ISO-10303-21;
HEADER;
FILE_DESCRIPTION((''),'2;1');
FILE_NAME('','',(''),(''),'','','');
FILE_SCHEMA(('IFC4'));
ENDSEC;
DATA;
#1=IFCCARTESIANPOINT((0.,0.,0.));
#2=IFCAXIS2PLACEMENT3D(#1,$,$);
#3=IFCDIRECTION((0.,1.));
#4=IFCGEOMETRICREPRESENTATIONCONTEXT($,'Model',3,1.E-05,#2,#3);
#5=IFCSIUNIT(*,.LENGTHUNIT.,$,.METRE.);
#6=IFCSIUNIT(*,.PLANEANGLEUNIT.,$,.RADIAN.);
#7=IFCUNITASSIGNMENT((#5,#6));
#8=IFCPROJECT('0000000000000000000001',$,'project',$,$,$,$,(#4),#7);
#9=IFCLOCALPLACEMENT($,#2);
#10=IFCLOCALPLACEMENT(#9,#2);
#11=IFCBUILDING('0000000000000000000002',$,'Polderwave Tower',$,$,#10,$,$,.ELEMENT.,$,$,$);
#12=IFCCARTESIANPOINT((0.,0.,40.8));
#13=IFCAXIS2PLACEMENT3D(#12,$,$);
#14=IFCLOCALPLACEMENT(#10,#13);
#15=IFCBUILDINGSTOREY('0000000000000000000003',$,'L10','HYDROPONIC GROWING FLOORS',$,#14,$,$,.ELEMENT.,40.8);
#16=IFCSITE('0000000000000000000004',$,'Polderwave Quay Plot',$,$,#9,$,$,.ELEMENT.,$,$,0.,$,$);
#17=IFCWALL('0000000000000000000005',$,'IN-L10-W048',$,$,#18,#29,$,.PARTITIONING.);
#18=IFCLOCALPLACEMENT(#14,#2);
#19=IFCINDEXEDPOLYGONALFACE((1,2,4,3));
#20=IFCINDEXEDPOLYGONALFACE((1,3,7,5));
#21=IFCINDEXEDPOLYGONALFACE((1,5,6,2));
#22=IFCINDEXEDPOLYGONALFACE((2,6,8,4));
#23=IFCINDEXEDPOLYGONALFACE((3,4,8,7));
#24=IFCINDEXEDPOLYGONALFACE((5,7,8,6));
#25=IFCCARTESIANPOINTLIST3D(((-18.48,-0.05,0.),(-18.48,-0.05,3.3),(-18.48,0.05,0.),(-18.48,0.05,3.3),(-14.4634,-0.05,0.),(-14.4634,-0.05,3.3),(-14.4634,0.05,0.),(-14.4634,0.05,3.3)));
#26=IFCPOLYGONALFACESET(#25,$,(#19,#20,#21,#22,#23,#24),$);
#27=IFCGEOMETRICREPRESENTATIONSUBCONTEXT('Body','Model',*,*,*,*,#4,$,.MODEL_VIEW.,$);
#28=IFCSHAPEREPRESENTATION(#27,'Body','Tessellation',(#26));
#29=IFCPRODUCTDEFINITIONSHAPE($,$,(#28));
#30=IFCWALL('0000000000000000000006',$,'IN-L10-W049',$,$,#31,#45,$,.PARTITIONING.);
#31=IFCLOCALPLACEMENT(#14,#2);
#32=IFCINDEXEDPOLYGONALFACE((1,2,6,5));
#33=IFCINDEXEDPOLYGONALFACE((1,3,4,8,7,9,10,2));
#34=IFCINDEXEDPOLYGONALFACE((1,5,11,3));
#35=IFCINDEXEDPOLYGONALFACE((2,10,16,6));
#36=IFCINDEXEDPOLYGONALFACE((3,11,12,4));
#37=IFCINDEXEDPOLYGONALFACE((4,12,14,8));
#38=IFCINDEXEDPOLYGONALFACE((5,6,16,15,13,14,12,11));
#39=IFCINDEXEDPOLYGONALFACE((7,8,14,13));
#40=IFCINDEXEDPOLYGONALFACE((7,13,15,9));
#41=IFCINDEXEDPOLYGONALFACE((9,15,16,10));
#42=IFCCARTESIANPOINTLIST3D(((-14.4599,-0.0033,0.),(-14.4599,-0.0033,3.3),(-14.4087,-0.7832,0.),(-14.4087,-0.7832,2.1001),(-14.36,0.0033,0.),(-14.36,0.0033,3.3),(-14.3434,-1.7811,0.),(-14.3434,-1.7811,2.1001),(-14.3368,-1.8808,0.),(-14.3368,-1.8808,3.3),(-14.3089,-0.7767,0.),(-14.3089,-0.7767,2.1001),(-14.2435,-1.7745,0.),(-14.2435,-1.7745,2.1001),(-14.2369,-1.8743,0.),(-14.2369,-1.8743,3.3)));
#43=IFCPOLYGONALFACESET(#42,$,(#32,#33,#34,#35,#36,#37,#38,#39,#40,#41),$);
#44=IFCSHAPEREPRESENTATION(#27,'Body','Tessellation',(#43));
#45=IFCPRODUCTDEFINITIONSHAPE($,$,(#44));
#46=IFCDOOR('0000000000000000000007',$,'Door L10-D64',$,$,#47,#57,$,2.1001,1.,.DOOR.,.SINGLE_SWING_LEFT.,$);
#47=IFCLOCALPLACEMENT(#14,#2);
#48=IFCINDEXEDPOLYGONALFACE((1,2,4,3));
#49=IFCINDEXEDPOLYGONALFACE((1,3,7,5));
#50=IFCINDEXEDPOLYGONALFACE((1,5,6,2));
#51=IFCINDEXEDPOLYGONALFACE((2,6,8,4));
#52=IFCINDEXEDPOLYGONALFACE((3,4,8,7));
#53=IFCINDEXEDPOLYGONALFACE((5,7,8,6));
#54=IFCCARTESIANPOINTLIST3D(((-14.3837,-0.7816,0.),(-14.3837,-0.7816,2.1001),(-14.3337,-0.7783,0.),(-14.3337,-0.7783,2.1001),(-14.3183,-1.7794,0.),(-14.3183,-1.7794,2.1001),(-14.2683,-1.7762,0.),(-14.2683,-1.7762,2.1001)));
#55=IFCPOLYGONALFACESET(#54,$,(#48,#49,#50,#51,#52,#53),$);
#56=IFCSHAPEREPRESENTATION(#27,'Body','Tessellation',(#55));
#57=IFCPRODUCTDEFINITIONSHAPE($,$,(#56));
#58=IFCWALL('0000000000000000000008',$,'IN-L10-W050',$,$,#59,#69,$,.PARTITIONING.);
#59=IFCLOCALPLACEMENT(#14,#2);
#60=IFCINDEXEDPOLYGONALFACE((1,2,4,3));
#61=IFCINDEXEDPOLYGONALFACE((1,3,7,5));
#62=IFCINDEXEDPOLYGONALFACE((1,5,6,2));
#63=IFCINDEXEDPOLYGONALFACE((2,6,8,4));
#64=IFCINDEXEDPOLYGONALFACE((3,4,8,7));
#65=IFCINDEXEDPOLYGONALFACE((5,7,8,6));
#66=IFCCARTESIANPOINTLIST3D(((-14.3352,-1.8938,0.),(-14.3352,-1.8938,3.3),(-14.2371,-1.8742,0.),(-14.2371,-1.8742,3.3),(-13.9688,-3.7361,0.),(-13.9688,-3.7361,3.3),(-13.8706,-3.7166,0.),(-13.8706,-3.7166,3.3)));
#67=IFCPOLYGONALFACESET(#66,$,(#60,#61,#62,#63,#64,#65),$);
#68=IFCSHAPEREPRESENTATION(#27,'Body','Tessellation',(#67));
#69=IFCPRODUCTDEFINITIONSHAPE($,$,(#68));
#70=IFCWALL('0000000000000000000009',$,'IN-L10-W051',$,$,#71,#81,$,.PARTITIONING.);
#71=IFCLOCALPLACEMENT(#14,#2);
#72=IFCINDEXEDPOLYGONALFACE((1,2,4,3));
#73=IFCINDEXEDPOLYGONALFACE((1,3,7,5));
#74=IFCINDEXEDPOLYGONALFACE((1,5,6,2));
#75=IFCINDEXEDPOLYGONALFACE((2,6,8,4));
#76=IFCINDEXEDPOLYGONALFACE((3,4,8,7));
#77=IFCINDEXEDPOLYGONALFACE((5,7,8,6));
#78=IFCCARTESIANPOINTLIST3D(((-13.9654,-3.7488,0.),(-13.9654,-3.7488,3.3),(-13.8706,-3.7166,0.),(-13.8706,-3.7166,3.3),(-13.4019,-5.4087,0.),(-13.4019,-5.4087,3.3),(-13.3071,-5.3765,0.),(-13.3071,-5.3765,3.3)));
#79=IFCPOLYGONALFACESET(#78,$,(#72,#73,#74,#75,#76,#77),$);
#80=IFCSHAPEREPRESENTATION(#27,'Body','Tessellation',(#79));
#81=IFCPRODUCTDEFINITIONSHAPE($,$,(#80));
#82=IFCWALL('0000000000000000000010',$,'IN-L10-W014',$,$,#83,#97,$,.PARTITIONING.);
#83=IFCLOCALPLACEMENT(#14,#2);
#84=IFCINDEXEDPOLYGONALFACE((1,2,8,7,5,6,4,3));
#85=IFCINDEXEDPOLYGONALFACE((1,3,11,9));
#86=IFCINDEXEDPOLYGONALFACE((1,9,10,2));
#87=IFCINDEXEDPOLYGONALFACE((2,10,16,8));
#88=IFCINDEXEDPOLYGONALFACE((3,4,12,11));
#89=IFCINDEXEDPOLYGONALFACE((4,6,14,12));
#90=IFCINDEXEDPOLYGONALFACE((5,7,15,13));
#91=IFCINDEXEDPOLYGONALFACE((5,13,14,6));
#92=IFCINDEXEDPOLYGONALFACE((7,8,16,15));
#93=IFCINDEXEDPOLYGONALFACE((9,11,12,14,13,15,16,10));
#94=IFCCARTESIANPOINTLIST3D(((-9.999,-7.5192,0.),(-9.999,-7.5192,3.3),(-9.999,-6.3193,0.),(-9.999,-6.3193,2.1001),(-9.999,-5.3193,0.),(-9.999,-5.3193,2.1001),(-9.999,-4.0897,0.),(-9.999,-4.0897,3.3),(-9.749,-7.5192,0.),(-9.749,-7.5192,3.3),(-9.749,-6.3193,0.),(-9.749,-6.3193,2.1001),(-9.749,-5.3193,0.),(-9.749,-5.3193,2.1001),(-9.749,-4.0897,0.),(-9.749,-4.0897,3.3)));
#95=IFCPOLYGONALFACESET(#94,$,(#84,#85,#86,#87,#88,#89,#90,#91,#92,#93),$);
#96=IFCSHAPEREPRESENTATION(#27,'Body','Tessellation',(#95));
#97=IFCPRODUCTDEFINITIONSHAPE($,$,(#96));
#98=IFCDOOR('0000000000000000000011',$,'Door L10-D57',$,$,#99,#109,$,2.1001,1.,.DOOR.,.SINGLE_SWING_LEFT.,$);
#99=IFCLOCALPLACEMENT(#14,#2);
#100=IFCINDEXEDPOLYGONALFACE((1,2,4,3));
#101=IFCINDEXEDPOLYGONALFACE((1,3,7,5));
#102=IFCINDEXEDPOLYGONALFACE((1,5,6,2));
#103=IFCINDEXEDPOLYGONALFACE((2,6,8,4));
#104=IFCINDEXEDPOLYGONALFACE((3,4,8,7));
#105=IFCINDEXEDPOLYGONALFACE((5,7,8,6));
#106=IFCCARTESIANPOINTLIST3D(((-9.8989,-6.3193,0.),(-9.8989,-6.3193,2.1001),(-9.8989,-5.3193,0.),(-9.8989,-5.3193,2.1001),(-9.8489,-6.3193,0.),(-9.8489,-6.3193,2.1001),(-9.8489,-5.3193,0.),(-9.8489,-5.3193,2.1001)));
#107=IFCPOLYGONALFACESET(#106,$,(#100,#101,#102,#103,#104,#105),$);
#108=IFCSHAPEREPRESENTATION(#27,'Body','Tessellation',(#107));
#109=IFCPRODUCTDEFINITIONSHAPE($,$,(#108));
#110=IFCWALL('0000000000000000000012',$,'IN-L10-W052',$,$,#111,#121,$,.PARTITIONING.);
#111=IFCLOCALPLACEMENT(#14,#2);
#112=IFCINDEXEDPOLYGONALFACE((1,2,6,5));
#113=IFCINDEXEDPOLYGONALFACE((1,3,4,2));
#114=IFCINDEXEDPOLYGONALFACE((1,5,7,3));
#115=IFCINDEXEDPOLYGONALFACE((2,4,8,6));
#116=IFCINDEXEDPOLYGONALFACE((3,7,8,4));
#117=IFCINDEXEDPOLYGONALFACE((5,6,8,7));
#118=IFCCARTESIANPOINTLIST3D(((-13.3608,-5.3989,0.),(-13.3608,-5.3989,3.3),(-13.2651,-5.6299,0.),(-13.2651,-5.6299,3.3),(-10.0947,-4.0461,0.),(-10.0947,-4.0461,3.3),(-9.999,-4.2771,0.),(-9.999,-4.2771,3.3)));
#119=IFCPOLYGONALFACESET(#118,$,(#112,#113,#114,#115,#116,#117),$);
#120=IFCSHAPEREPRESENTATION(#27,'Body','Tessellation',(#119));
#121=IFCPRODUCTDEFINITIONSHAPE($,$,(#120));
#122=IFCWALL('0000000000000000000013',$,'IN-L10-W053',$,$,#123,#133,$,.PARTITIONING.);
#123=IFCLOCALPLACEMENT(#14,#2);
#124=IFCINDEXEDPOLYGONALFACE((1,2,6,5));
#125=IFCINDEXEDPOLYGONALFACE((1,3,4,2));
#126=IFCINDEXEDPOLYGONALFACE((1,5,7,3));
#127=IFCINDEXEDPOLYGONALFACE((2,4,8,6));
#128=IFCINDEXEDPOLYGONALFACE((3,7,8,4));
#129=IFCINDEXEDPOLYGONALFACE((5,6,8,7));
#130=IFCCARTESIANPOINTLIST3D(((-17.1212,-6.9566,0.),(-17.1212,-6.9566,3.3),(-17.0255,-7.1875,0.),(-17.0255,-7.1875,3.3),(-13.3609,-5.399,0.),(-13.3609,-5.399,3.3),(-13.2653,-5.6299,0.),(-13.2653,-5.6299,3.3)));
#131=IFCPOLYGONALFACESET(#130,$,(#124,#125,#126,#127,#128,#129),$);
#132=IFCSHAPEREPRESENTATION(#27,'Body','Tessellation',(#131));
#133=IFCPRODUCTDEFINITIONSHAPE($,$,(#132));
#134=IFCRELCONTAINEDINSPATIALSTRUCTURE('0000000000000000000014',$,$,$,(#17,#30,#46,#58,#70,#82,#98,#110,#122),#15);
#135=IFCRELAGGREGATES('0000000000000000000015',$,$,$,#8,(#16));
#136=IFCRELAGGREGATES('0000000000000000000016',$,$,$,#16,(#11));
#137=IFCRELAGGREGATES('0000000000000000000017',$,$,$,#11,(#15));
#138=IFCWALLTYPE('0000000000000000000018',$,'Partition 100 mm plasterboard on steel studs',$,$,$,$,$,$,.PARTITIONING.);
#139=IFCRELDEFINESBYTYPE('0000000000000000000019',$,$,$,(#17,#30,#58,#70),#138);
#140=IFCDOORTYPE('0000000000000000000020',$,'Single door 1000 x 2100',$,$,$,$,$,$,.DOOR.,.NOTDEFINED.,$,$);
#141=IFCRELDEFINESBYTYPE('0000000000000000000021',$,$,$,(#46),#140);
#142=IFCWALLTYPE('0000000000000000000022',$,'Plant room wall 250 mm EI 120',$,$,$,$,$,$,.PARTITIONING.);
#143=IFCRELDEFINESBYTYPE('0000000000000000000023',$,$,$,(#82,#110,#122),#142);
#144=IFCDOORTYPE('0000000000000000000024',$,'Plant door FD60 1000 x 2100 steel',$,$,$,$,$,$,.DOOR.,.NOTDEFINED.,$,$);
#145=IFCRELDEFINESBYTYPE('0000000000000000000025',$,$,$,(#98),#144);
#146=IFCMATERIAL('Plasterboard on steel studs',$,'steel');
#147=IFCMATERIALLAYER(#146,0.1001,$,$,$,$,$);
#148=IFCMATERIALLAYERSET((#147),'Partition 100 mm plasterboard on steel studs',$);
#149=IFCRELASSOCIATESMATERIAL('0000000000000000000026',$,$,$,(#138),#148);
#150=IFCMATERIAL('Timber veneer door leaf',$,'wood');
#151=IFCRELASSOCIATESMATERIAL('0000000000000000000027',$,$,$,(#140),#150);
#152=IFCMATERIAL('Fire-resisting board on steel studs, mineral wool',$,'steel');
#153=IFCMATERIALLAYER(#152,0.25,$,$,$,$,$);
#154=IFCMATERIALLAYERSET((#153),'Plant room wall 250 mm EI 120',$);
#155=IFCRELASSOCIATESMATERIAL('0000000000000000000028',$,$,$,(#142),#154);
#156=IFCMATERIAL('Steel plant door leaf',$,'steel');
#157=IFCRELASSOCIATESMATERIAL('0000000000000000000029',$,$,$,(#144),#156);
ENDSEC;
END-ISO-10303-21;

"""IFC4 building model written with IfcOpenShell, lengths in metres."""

from ifc_helpers import new_model, si_unit, direction, frame, frame_2d, origin, place, context, subcontext, project, spatial, rectangle, extrude, material, layer, layer_set, type_object, element, fill, save


model = new_model("IFC4")

# Units and contexts
model_context = context("Model", 3, precision=1e-05, world=origin(), true_north=direction((0.0, 1.0)))
body_context = subcontext(model_context, "Body", "Model", "MODEL_VIEW")
ifc_project = project(units=[si_unit("LENGTHUNIT", "METRE"), si_unit("PLANEANGLEUNIT", "RADIAN")], contexts=[model_context])

# Site, building, storey
site_placement = place(None, origin())
site = spatial("IfcSite", under=ifc_project, at=site_placement, Name="Polderwave Quay Plot", CompositionType="ELEMENT", RefElevation=0.0)
building_placement = place(site_placement, origin())
building = spatial("IfcBuilding", under=site, at=building_placement, Name="Polderwave Tower", CompositionType="ELEMENT")
storey_placement = place(building_placement, frame((0.0, 0.0, 40.8)))
storey = spatial("IfcBuildingStorey", under=building, at=storey_placement, Name="L10", Description="HYDROPONIC GROWING FLOORS", CompositionType="ELEMENT", Elevation=40.8)

# Shared definitions
ifc_material_1 = material(Name="Plasterboard on steel studs", Category="steel")
ifc_layer_1 = layer(ifc_material_1, 0.1001)
ifc_layer_set_1 = layer_set([ifc_layer_1], Name="Partition 100 mm plasterboard on steel studs")
wall_type_1 = type_object("IfcWallType", Name="Partition 100 mm plasterboard on steel studs", PredefinedType="PARTITIONING", material=ifc_layer_set_1)
ifc_material_2 = material(Name="Timber veneer door leaf", Category="wood")
door_type_1 = type_object("IfcDoorType", Name="Single door 1000 x 2100", OperationType="NOTDEFINED", PredefinedType="DOOR", material=ifc_material_2)

# Wall
wall_1_placement = place(storey_placement, frame((-14.4634, 0.0, 0.0), z_axis=(0.0, 0.0, 1.0), x_axis=(-1.0, 0.0, 0.0)))
element("IfcWall", 1, at=wall_1_placement, inside=storey, type_object=wall_type_1, Name="IN-L10-W048", PredefinedType="PARTITIONING", context=body_context, shape_type="SweptSolid", body=[
    extrude(rectangle(XDim=4.0166, YDim=0.1001, at=frame_2d((2.0083, 0.0))), origin(), (0.0, 0.0, 1.0), 3.3),
])

# Wall, opening, door
wall_2_placement = place(storey_placement, frame((-14.2869, -1.8777, 0.0), z_axis=(0.0, 0.0, 1.0), x_axis=(-0.065391, 0.99786, 0.0)))
wall_2 = element("IfcWall", 2, at=wall_2_placement, inside=storey, type_object=wall_type_1, Name="IN-L10-W049", PredefinedType="PARTITIONING", context=body_context, shape_type="SweptSolid", body=[
    extrude(rectangle(XDim=1.8816, YDim=0.1001, at=frame_2d((0.9409, 0.0))), origin(), (0.0, 0.0, 1.0), 3.3),
])
opening_1_placement = place(wall_2_placement, frame((0.1001, 0.0, 0.0)))
opening_1 = element("IfcOpeningElement", 3, at=opening_1_placement, cuts=wall_2, PredefinedType="OPENING", context=body_context, shape_type="SweptSolid", body=[
    extrude(rectangle(XDim=1.0, YDim=2.1001, at=frame_2d((0.5, 1.05))), frame((0.0, 0.0601, 0.0), z_axis=(0.0, -1.0, 0.0), x_axis=(1.0, 0.0, 0.0)), (0.0, 0.0, 1.0), 0.1201),
])
door_1_placement = place(opening_1_placement, origin())
door_1 = element("IfcDoor", 4, at=door_1_placement, inside=storey, type_object=door_type_1, Name="Door L10-D64", OperationType="SINGLE_SWING_LEFT", OverallHeight=2.1001, OverallWidth=1.0, PredefinedType="DOOR", context=body_context, shape_type="SweptSolid", body=[
    extrude(rectangle(XDim=1.0, YDim=2.1001, at=frame_2d((0.5, 1.05))), frame((0.0, 0.0249, 0.0), z_axis=(0.0, -1.0, 0.0), x_axis=(1.0, 0.0, 0.0)), (0.0, 0.0, 1.0), 0.05),
])
fill(opening_1, door_1)

# Walls
wall_3_placement = place(storey_placement, frame((-13.9197, -3.7263, 0.0), z_axis=(0.0, 0.0, 1.0), x_axis=(-0.195091, 0.980785, 0.0)))
element("IfcWall", 5, at=wall_3_placement, inside=storey, type_object=wall_type_1, Name="IN-L10-W050", PredefinedType="PARTITIONING", context=body_context, shape_type="SweptSolid", body=[
    extrude(rectangle(XDim=1.8784, YDim=0.1001, at=frame_2d((0.9392, 0.0))), origin(), (0.0, 0.0, 1.0), 3.3),
])
wall_4_placement = place(storey_placement, frame((-13.3545, -5.3926, 0.0), z_axis=(0.0, 0.0, 1.0), x_axis=(-0.321446, 0.946928, 0.0)))
element("IfcWall", 6, at=wall_4_placement, inside=storey, type_object=wall_type_1, Name="IN-L10-W051", PredefinedType="PARTITIONING", context=body_context, shape_type="SweptSolid", body=[
    extrude(rectangle(XDim=1.7529, YDim=0.1001, at=frame_2d((0.8765, 0.0))), origin(), (0.0, 0.0, 1.0), 3.3),
])

# Wall, opening, door
ifc_material_3 = material(Name="Fire-resisting board on steel studs, mineral wool", Category="steel")
ifc_layer_2 = layer(ifc_material_3, 0.25)
ifc_layer_set_2 = layer_set([ifc_layer_2], Name="Plant room wall 250 mm EI 120")
wall_type_2 = type_object("IfcWallType", Name="Plant room wall 250 mm EI 120", PredefinedType="PARTITIONING", material=ifc_layer_set_2)
wall_5_placement = place(storey_placement, frame((-9.874, -7.5193, 0.0), z_axis=(0.0, 0.0, 1.0), x_axis=(0.0, 1.0, 0.0)))
wall_5 = element("IfcWall", 7, at=wall_5_placement, inside=storey, type_object=wall_type_2, Name="IN-L10-W014", PredefinedType="PARTITIONING", context=body_context, shape_type="SweptSolid", body=[
    extrude(rectangle(XDim=3.4294, YDim=0.25, at=frame_2d((1.7148, 0.0))), origin(), (0.0, 0.0, 1.0), 3.3),
])
opening_2_placement = place(wall_5_placement, frame((1.2, 0.0, 0.0)))
opening_2 = element("IfcOpeningElement", 8, at=opening_2_placement, cuts=wall_5, PredefinedType="OPENING", context=body_context, shape_type="SweptSolid", body=[
    extrude(rectangle(XDim=1.0, YDim=2.1001, at=frame_2d((0.5, 1.05))), frame((0.0, 0.135, 0.0), z_axis=(0.0, -1.0, 0.0), x_axis=(1.0, 0.0, 0.0)), (0.0, 0.0, 1.0), 0.27),
])
ifc_material_4 = material(Name="Steel plant door leaf", Category="steel")
door_type_2 = type_object("IfcDoorType", Name="Plant door FD60 1000 x 2100 steel", OperationType="NOTDEFINED", PredefinedType="DOOR", material=ifc_material_4)
door_2_placement = place(opening_2_placement, origin())
door_2 = element("IfcDoor", 9, at=door_2_placement, inside=storey, type_object=door_type_2, Name="Door L10-D57", OperationType="SINGLE_SWING_LEFT", OverallHeight=2.1001, OverallWidth=1.0, PredefinedType="DOOR", context=body_context, shape_type="SweptSolid", body=[
    extrude(rectangle(XDim=1.0, YDim=2.1001, at=frame_2d((0.5, 1.05))), frame((0.0, 0.0249, 0.0), z_axis=(0.0, -1.0, 0.0), x_axis=(1.0, 0.0, 0.0)), (0.0, 0.0, 1.0), 0.05),
])
fill(opening_2, door_2)

# Walls
wall_6_placement = place(storey_placement, frame((-10.0469, -4.1616, 0.0), z_axis=(0.0, 0.0, 1.0), x_axis=(-0.923888, -0.382663, 0.0)))
element("IfcWall", 10, at=wall_6_placement, inside=storey, type_object=wall_type_2, Name="IN-L10-W052", PredefinedType="PARTITIONING", context=body_context, shape_type="SweptSolid", body=[
    extrude(rectangle(XDim=3.5352, YDim=0.25, at=frame_2d((1.7676, 0.0))), origin(), (0.0, 0.0, 1.0), 3.3),
])
wall_7_placement = place(storey_placement, frame((-13.313, -5.5144, 0.0), z_axis=(0.0, 0.0, 1.0), x_axis=(-0.923874, -0.382698, 0.0)))
element("IfcWall", 11, at=wall_7_placement, inside=storey, type_object=wall_type_2, Name="IN-L10-W053", PredefinedType="PARTITIONING", context=body_context, shape_type="SweptSolid", body=[
    extrude(rectangle(XDim=4.0701, YDim=0.25, at=frame_2d((2.0352, 0.0))), origin(), (0.0, 0.0, 1.0), 3.3),
])

save(model, "model.ifc")
